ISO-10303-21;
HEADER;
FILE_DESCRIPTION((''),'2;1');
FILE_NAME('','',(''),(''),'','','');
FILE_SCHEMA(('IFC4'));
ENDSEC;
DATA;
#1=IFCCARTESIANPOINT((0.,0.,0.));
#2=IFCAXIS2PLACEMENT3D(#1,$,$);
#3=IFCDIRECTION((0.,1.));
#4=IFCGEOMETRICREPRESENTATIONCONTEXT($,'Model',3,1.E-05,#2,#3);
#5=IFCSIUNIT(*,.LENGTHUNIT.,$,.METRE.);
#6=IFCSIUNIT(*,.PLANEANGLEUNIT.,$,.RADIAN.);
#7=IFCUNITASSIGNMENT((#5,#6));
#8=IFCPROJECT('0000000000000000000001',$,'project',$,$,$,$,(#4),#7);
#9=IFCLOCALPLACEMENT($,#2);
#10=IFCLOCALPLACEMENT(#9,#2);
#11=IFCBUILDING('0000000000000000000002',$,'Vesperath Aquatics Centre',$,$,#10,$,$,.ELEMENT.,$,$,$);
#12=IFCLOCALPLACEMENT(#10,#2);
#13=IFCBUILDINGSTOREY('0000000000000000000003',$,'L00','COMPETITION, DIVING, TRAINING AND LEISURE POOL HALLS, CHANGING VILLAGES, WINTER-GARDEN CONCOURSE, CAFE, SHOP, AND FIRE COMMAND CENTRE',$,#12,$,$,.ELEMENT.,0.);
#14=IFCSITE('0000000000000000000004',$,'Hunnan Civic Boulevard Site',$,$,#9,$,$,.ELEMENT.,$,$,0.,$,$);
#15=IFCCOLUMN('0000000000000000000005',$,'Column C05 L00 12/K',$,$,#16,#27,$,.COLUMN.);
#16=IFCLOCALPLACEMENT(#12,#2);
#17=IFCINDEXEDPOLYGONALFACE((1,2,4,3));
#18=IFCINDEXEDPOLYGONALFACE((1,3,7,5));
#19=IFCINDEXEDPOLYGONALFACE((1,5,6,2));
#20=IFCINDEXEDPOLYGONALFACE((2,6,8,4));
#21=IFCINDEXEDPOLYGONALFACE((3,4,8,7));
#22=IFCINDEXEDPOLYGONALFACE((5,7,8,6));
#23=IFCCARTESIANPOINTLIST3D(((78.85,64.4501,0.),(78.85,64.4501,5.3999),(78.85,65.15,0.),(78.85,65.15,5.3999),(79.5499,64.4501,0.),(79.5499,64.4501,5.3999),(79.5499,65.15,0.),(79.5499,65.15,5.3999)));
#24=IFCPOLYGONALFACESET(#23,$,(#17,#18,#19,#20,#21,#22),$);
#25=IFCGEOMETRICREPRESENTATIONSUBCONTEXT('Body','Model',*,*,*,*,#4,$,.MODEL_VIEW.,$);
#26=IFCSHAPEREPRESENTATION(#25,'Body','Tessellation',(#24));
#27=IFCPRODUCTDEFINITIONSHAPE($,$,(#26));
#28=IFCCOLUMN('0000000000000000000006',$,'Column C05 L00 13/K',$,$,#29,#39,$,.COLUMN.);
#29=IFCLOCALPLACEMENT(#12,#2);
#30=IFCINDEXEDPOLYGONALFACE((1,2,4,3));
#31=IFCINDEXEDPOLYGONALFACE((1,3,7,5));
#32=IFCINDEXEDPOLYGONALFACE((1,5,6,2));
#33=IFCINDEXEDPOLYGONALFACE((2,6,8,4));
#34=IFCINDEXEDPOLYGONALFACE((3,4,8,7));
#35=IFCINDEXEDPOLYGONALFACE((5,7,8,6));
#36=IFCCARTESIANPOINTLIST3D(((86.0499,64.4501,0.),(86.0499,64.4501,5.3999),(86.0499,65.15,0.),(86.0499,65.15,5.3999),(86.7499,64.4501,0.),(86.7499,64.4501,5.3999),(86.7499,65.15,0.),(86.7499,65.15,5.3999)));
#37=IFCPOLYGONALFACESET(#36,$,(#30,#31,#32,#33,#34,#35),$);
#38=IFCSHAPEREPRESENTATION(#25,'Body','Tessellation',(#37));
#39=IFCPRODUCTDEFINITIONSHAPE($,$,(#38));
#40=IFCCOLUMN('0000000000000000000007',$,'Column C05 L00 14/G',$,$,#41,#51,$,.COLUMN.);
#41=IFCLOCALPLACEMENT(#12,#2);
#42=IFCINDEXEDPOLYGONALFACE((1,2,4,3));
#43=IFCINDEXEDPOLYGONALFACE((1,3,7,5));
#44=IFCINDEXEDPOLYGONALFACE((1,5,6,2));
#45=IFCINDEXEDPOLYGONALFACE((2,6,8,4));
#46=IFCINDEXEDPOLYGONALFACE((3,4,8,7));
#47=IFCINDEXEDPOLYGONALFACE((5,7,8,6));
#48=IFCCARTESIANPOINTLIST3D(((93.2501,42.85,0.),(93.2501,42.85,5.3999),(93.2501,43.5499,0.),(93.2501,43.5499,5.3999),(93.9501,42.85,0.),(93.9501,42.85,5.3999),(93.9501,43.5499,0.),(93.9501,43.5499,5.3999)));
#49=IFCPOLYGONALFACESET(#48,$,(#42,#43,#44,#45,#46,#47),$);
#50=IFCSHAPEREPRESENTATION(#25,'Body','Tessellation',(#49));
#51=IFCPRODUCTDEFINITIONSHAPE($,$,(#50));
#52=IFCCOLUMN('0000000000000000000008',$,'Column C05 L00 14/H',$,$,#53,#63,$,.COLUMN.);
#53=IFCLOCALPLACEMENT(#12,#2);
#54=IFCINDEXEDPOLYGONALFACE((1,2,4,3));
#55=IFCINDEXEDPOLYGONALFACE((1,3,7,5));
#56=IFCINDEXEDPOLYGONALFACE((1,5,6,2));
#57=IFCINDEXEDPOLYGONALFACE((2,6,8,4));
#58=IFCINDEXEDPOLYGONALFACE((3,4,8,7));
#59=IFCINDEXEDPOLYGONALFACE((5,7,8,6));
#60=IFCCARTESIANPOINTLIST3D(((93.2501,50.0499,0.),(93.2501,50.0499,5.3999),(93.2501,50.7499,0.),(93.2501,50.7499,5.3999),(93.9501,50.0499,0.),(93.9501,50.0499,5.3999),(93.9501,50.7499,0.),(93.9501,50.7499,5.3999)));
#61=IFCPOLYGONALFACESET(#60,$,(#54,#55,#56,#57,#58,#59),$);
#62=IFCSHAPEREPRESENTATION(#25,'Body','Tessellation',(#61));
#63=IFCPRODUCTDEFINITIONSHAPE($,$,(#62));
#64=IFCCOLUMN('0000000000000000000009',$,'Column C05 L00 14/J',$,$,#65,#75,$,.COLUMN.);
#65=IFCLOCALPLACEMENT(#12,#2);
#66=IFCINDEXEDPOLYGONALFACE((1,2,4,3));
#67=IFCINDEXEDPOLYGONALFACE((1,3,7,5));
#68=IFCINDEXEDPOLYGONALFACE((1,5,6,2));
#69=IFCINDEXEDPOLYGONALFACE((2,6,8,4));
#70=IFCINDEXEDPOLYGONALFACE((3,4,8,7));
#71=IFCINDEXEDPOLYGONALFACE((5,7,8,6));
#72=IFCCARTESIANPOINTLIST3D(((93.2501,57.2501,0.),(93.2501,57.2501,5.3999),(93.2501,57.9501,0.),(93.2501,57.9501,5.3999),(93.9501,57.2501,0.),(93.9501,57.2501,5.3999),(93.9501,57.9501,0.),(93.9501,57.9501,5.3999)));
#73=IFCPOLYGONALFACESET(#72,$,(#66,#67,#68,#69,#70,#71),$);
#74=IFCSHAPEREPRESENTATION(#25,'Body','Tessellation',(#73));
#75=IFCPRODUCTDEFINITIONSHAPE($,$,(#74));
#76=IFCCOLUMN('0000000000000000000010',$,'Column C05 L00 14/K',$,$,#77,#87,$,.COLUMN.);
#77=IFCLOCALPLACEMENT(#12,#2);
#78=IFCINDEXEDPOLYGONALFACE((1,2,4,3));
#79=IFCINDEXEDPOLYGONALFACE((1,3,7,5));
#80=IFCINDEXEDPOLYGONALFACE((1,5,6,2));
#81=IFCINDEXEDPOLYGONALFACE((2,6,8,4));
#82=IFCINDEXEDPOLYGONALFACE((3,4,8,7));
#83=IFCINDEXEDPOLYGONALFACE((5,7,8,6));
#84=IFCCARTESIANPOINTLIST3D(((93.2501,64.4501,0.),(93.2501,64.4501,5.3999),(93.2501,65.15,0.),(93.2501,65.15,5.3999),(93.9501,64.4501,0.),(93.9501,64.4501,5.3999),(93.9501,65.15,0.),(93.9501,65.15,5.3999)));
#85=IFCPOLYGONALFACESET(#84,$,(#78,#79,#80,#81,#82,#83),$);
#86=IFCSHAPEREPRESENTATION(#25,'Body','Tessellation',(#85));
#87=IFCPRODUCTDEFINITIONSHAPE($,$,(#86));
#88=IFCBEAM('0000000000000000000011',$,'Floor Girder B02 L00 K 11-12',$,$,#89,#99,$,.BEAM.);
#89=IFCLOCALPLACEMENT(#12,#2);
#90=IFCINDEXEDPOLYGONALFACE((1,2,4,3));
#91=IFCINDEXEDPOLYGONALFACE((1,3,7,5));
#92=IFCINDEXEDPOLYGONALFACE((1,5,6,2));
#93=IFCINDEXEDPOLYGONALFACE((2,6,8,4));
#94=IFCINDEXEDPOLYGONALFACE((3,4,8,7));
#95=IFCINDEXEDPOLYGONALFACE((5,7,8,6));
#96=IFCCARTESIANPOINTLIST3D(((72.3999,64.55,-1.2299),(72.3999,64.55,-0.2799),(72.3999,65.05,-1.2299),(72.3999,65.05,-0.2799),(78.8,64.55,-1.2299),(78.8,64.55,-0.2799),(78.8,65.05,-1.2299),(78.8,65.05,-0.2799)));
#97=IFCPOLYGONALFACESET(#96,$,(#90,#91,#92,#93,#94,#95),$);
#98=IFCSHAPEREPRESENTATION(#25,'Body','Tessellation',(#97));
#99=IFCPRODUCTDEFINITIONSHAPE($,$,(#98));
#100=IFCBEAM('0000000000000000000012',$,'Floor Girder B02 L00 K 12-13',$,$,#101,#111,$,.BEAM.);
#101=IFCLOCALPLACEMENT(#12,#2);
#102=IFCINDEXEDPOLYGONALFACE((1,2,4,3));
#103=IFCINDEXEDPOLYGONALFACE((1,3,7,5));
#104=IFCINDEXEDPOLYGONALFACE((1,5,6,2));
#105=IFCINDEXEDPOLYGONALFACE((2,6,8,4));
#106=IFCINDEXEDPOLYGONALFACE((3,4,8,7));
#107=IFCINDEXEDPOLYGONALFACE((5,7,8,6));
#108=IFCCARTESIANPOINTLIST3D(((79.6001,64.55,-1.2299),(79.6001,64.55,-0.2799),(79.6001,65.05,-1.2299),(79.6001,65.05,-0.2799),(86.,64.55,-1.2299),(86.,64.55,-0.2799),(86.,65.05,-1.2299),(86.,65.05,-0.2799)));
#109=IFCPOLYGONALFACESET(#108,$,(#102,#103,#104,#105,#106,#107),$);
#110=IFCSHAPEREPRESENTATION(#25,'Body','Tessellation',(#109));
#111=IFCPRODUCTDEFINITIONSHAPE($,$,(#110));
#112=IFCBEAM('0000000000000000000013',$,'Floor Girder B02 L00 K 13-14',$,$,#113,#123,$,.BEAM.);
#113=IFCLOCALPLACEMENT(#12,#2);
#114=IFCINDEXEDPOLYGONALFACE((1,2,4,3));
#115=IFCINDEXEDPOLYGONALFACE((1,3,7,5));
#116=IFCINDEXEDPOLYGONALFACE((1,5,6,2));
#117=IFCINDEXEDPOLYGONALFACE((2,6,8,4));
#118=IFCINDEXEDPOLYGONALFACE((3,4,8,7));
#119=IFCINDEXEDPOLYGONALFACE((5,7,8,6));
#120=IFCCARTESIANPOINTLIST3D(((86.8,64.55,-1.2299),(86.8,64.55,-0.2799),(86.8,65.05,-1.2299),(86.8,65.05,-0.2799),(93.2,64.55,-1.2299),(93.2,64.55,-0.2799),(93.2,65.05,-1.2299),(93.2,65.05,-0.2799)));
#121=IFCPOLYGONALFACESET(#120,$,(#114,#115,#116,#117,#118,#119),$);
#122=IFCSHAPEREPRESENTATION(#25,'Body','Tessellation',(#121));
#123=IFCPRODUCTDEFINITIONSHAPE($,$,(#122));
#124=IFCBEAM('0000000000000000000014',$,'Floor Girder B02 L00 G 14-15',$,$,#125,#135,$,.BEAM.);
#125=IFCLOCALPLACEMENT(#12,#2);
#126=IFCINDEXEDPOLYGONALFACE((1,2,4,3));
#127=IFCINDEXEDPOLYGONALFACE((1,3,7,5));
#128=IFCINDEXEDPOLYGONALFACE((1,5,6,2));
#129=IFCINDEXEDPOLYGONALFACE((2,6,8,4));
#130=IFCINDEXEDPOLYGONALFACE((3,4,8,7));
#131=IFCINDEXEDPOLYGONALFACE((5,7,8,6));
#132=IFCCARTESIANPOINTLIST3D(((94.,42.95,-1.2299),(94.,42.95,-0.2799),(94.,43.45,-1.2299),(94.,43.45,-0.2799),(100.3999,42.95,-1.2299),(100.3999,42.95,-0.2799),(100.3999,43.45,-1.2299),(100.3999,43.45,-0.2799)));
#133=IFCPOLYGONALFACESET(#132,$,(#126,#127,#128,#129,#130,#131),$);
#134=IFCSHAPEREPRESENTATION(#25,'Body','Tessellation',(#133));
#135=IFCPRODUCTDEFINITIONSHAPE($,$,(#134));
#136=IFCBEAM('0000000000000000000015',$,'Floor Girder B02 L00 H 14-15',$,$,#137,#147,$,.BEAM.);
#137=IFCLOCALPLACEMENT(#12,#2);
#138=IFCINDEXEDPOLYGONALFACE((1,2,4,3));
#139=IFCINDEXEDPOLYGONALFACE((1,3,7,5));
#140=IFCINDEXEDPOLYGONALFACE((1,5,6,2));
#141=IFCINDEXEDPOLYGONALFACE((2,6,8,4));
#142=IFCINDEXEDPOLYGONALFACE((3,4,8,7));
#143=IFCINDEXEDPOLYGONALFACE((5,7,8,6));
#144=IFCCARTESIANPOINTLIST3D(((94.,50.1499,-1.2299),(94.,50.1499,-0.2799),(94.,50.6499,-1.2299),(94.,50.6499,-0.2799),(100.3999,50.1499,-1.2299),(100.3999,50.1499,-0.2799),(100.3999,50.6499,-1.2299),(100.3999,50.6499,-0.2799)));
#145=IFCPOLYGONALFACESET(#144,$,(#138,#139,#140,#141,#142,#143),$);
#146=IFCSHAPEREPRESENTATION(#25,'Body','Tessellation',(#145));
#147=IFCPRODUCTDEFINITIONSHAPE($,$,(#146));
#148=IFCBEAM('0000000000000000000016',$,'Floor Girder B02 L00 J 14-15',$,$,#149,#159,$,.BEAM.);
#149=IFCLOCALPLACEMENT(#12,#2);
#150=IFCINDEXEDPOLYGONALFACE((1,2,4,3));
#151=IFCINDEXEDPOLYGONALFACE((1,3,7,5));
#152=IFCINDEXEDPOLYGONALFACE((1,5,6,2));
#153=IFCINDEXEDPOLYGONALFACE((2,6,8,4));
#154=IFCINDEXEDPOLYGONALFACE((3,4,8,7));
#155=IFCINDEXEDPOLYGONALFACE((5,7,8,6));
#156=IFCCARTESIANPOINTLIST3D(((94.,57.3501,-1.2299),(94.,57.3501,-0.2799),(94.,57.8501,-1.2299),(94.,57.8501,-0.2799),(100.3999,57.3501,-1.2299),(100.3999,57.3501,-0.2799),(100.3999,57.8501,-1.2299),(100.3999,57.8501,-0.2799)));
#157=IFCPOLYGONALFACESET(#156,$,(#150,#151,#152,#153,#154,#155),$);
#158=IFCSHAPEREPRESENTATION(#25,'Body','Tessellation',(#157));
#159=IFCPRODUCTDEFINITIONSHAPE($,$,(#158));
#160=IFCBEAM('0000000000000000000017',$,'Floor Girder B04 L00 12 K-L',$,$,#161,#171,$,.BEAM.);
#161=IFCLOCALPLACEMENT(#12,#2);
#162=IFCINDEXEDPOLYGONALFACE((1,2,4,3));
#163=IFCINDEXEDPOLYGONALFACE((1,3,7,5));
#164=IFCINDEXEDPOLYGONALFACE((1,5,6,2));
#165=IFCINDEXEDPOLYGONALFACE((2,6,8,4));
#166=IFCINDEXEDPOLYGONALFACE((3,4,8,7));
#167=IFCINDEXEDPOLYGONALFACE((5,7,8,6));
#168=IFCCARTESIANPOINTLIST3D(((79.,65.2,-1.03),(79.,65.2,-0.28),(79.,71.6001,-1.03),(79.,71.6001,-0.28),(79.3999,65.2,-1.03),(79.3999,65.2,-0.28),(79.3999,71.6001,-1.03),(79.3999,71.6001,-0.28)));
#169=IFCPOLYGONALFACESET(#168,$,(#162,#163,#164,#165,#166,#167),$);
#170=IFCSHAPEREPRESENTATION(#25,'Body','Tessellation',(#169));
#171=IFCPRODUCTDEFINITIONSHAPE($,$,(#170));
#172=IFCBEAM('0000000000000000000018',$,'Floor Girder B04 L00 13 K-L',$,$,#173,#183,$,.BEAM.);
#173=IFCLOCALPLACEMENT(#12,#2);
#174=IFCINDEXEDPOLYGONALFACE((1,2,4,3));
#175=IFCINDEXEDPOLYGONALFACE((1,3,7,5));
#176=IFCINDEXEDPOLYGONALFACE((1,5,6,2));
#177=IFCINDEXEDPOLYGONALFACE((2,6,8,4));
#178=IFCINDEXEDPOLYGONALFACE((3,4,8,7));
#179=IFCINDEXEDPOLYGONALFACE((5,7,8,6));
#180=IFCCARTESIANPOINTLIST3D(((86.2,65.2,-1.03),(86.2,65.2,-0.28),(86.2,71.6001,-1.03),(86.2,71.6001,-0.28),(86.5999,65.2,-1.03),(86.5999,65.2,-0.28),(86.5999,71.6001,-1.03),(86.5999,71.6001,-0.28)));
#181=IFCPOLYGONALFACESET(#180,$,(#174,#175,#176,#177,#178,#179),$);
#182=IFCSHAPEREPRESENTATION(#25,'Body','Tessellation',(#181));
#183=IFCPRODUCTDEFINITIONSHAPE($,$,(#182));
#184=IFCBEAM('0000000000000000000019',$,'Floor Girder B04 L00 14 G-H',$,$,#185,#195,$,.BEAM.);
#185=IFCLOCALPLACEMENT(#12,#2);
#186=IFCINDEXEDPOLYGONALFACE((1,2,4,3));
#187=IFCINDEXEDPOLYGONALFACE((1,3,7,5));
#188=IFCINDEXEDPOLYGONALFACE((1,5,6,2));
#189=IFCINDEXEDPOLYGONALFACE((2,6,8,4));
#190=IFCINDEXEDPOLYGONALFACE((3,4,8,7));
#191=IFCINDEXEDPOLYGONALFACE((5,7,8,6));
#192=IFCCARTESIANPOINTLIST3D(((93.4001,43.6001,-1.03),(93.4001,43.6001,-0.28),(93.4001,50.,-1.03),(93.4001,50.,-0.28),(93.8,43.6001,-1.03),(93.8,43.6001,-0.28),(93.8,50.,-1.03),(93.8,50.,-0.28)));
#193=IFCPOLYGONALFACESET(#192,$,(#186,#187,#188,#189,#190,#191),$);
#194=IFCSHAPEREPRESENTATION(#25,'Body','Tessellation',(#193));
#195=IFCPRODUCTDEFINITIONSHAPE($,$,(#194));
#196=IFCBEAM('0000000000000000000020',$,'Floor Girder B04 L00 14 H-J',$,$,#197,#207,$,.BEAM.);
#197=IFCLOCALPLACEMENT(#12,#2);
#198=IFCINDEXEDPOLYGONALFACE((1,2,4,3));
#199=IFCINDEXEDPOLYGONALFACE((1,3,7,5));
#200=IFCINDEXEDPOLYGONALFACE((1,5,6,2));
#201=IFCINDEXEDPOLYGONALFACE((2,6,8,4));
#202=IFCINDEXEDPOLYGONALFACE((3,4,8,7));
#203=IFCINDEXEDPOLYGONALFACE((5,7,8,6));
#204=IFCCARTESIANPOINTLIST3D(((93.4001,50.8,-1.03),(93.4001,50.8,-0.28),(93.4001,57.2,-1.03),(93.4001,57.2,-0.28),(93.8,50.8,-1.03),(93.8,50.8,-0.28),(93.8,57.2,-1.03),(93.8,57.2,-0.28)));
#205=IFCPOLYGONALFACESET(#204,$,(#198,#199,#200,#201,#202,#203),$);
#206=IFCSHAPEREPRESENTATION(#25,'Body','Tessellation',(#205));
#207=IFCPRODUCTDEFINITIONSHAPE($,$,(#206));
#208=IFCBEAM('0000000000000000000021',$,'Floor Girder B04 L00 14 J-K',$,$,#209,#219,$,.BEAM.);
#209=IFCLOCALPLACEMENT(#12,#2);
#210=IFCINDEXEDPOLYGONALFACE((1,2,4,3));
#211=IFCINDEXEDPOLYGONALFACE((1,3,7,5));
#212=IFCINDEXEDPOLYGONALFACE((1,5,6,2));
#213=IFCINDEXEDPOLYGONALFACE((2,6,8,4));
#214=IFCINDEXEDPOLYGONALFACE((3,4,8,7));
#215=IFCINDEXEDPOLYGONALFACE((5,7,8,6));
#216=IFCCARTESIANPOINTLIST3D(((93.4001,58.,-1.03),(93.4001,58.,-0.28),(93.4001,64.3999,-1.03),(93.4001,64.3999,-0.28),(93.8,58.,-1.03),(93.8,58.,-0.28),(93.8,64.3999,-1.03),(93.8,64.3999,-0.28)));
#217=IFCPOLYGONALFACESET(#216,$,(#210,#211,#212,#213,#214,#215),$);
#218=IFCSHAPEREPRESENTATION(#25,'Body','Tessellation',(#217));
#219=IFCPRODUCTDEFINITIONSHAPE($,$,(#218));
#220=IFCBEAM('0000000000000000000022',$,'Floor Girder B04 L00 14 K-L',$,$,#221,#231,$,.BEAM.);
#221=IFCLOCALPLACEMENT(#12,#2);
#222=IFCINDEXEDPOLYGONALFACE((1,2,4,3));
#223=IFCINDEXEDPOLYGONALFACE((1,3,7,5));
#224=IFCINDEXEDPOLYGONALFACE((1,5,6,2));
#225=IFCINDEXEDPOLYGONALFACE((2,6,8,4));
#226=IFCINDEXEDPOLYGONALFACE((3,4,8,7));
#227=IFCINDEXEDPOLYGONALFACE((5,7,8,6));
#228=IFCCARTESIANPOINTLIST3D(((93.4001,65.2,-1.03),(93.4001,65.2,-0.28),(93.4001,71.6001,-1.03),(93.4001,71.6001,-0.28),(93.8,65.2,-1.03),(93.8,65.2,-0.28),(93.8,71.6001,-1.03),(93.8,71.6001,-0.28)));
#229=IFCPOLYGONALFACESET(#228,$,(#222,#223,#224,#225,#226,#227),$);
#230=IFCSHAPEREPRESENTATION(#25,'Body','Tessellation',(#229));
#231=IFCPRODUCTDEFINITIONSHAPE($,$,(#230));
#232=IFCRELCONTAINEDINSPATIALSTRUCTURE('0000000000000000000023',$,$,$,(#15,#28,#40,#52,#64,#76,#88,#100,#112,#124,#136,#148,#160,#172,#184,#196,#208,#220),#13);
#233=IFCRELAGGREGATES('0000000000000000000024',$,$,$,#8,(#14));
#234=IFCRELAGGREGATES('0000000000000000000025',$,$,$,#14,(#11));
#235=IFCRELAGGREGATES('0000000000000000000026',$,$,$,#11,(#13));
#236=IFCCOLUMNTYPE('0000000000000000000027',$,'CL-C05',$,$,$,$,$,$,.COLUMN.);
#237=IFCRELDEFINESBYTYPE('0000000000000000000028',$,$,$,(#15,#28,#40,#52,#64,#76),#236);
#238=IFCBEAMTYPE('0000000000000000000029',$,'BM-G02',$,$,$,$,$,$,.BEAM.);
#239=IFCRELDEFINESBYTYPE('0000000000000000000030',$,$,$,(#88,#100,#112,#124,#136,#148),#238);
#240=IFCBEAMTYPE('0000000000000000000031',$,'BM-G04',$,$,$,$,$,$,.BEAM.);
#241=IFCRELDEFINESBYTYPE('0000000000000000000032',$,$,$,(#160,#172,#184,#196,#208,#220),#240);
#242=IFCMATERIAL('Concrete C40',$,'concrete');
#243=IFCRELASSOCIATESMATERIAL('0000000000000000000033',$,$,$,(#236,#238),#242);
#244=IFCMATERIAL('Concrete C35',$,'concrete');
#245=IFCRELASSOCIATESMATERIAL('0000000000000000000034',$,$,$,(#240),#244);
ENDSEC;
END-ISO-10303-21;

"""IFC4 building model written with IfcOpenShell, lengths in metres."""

from ifc_helpers import new_model, si_unit, direction, frame, origin, origin_2d, place, context, subcontext, project, spatial, rectangle, extrude, material, material_profile, profile_set, type_object, element, save


model = new_model("IFC4")

# Units and contexts
model_context = context("Model", 3, precision=1e-05, world=origin(), true_north=direction((0.0, 1.0)))
body_context = subcontext(model_context, "Body", "Model", "MODEL_VIEW")
ifc_project = project(units=[si_unit("LENGTHUNIT", "METRE"), si_unit("PLANEANGLEUNIT", "RADIAN")], contexts=[model_context])

# Site, building, storey
site_placement = place(None, origin())
site = spatial("IfcSite", under=ifc_project, at=site_placement, Name="Hunnan Civic Boulevard Site", CompositionType="ELEMENT", RefElevation=0.0)
building_placement = place(site_placement, origin())
building = spatial("IfcBuilding", under=site, at=building_placement, Name="Vesperath Aquatics Centre", CompositionType="ELEMENT")
storey_placement = place(building_placement, origin())
storey = spatial("IfcBuildingStorey", under=building, at=storey_placement, Name="L00", Description="COMPETITION, DIVING, TRAINING AND LEISURE POOL HALLS, CHANGING VILLAGES, WINTER-GARDEN CONCOURSE, CAFE, SHOP, AND FIRE COMMAND CENTRE", CompositionType="ELEMENT", Elevation=0.0)

# Columns
ifc_material_1 = material(Name="Concrete C40", Category="concrete")
ifc_material_profile_1 = material_profile(ifc_material_1, rectangle(XDim=0.7, YDim=0.7, at=origin_2d()), Name="RC 700x700")
ifc_profile_set_1 = profile_set([ifc_material_profile_1], Name="Concrete C40")
column_type = type_object("IfcColumnType", Name="CL-C05", PredefinedType="COLUMN", material=ifc_profile_set_1)
for number, where, z_axis, x_axis, name in (
    (1, (79.2, 64.8, 0.0), (0.0, 0.0, 1.0), (1.0, 0.0, 0.0), "Column C05 L00 12/K"),
    (2, (86.3999, 64.8, 0.0), (0.0, 0.0, 1.0), (1.0, 0.0, 0.0), "Column C05 L00 13/K"),
    (3, (93.6001, 43.2, 0.0), (0.0, 0.0, 1.0), (1.0, 0.0, 0.0), "Column C05 L00 14/G"),
    (4, (93.6001, 50.3999, 0.0), (0.0, 0.0, 1.0), (1.0, 0.0, 0.0), "Column C05 L00 14/H"),
    (5, (93.6001, 57.6001, 0.0), (0.0, 0.0, 1.0), (1.0, 0.0, 0.0), "Column C05 L00 14/J"),
    (6, (93.6001, 64.8, 0.0), (0.0, 0.0, 1.0), (1.0, 0.0, 0.0), "Column C05 L00 14/K"),
):
    element("IfcColumn", number, at=place(storey_placement, frame(where, z_axis=z_axis, x_axis=x_axis)), inside=storey, type_object=column_type, Name=name, PredefinedType="COLUMN", context=body_context, shape_type="SweptSolid", body=[
        extrude(rectangle(XDim=0.7, YDim=0.7, at=origin_2d()), origin(), (0.0, 0.0, 1.0), 5.3999),
    ])

# Beams
ifc_material_profile_2 = material_profile(ifc_material_1, rectangle(XDim=0.5, YDim=0.95, at=origin_2d()), Name="RC 500x950")
ifc_profile_set_2 = profile_set([ifc_material_profile_2], Name="Concrete C40")
beam_type_1 = type_object("IfcBeamType", Name="BM-G02", PredefinedType="BEAM", material=ifc_profile_set_2)
beam_1_placement = place(storey_placement, frame((72.3999, 64.8, -0.7549), z_axis=(1.0, 0.0, 0.0), x_axis=(0.0, 1.0, 0.0)))
element("IfcBeam", 7, at=beam_1_placement, inside=storey, type_object=beam_type_1, Name="Floor Girder B02 L00 K 11-12", PredefinedType="BEAM", context=body_context, shape_type="SweptSolid", body=[
    extrude(rectangle(XDim=0.5, YDim=0.95, at=origin_2d()), origin(), (0.0, 0.0, 1.0), 6.4001),
])
for number, where, z_axis, x_axis, name in (
    (8, (79.6001, 64.8, -0.7549), (1.0, 0.0, 0.0), (0.0, 1.0, 0.0), "Floor Girder B02 L00 K 12-13"),
    (9, (86.8, 64.8, -0.7549), (1.0, 0.0, 0.0), (0.0, 1.0, 0.0), "Floor Girder B02 L00 K 13-14"),
    (10, (94.0, 43.2, -0.7549), (1.0, 0.0, 0.0), (0.0, 1.0, 0.0), "Floor Girder B02 L00 G 14-15"),
    (11, (94.0, 50.3999, -0.7549), (1.0, 0.0, 0.0), (0.0, 1.0, 0.0), "Floor Girder B02 L00 H 14-15"),
    (12, (94.0, 57.6001, -0.7549), (1.0, 0.0, 0.0), (0.0, 1.0, 0.0), "Floor Girder B02 L00 J 14-15"),
):
    element("IfcBeam", number, at=place(storey_placement, frame(where, z_axis=z_axis, x_axis=x_axis)), inside=storey, type_object=beam_type_1, Name=name, PredefinedType="BEAM", context=body_context, shape_type="SweptSolid", body=[
        extrude(rectangle(XDim=0.5, YDim=0.95, at=origin_2d()), origin(), (0.0, 0.0, 1.0), 6.3999),
    ])
ifc_material_2 = material(Name="Concrete C35", Category="concrete")
ifc_material_profile_3 = material_profile(ifc_material_2, rectangle(XDim=0.3999, YDim=0.75, at=origin_2d()), Name="RC 400x750")
ifc_profile_set_3 = profile_set([ifc_material_profile_3], Name="Concrete C35")
beam_type_2 = type_object("IfcBeamType", Name="BM-G04", PredefinedType="BEAM", material=ifc_profile_set_3)
for number, where, z_axis, x_axis, name in (
    (13, (79.2, 65.2, -0.655), (0.0, 1.0, 0.0), (-1.0, 0.0, 0.0), "Floor Girder B04 L00 12 K-L"),
    (14, (86.3999, 65.2, -0.655), (0.0, 1.0, 0.0), (-1.0, 0.0, 0.0), "Floor Girder B04 L00 13 K-L"),
):
    element("IfcBeam", number, at=place(storey_placement, frame(where, z_axis=z_axis, x_axis=x_axis)), inside=storey, type_object=beam_type_2, Name=name, PredefinedType="BEAM", context=body_context, shape_type="SweptSolid", body=[
        extrude(rectangle(XDim=0.3999, YDim=0.75, at=origin_2d()), origin(), (0.0, 0.0, 1.0), 6.4001),
    ])
for number, where, z_axis, x_axis, name in (
    (15, (93.6001, 43.6001, -0.655), (0.0, 1.0, 0.0), (-1.0, 0.0, 0.0), "Floor Girder B04 L00 14 G-H"),
    (16, (93.6001, 50.8, -0.655), (0.0, 1.0, 0.0), (-1.0, 0.0, 0.0), "Floor Girder B04 L00 14 H-J"),
    (17, (93.6001, 58.0, -0.655), (0.0, 1.0, 0.0), (-1.0, 0.0, 0.0), "Floor Girder B04 L00 14 J-K"),
):
    element("IfcBeam", number, at=place(storey_placement, frame(where, z_axis=z_axis, x_axis=x_axis)), inside=storey, type_object=beam_type_2, Name=name, PredefinedType="BEAM", context=body_context, shape_type="SweptSolid", body=[
        extrude(rectangle(XDim=0.3999, YDim=0.75, at=origin_2d()), origin(), (0.0, 0.0, 1.0), 6.3999),
    ])
beam_2_placement = place(storey_placement, frame((93.6001, 65.2, -0.655), z_axis=(0.0, 1.0, 0.0), x_axis=(-1.0, 0.0, 0.0)))
element("IfcBeam", 18, at=beam_2_placement, inside=storey, type_object=beam_type_2, Name="Floor Girder B04 L00 14 K-L", PredefinedType="BEAM", context=body_context, shape_type="SweptSolid", body=[
    extrude(rectangle(XDim=0.3999, YDim=0.75, at=origin_2d()), origin(), (0.0, 0.0, 1.0), 6.4001),
])

save(model, "model.ifc")
